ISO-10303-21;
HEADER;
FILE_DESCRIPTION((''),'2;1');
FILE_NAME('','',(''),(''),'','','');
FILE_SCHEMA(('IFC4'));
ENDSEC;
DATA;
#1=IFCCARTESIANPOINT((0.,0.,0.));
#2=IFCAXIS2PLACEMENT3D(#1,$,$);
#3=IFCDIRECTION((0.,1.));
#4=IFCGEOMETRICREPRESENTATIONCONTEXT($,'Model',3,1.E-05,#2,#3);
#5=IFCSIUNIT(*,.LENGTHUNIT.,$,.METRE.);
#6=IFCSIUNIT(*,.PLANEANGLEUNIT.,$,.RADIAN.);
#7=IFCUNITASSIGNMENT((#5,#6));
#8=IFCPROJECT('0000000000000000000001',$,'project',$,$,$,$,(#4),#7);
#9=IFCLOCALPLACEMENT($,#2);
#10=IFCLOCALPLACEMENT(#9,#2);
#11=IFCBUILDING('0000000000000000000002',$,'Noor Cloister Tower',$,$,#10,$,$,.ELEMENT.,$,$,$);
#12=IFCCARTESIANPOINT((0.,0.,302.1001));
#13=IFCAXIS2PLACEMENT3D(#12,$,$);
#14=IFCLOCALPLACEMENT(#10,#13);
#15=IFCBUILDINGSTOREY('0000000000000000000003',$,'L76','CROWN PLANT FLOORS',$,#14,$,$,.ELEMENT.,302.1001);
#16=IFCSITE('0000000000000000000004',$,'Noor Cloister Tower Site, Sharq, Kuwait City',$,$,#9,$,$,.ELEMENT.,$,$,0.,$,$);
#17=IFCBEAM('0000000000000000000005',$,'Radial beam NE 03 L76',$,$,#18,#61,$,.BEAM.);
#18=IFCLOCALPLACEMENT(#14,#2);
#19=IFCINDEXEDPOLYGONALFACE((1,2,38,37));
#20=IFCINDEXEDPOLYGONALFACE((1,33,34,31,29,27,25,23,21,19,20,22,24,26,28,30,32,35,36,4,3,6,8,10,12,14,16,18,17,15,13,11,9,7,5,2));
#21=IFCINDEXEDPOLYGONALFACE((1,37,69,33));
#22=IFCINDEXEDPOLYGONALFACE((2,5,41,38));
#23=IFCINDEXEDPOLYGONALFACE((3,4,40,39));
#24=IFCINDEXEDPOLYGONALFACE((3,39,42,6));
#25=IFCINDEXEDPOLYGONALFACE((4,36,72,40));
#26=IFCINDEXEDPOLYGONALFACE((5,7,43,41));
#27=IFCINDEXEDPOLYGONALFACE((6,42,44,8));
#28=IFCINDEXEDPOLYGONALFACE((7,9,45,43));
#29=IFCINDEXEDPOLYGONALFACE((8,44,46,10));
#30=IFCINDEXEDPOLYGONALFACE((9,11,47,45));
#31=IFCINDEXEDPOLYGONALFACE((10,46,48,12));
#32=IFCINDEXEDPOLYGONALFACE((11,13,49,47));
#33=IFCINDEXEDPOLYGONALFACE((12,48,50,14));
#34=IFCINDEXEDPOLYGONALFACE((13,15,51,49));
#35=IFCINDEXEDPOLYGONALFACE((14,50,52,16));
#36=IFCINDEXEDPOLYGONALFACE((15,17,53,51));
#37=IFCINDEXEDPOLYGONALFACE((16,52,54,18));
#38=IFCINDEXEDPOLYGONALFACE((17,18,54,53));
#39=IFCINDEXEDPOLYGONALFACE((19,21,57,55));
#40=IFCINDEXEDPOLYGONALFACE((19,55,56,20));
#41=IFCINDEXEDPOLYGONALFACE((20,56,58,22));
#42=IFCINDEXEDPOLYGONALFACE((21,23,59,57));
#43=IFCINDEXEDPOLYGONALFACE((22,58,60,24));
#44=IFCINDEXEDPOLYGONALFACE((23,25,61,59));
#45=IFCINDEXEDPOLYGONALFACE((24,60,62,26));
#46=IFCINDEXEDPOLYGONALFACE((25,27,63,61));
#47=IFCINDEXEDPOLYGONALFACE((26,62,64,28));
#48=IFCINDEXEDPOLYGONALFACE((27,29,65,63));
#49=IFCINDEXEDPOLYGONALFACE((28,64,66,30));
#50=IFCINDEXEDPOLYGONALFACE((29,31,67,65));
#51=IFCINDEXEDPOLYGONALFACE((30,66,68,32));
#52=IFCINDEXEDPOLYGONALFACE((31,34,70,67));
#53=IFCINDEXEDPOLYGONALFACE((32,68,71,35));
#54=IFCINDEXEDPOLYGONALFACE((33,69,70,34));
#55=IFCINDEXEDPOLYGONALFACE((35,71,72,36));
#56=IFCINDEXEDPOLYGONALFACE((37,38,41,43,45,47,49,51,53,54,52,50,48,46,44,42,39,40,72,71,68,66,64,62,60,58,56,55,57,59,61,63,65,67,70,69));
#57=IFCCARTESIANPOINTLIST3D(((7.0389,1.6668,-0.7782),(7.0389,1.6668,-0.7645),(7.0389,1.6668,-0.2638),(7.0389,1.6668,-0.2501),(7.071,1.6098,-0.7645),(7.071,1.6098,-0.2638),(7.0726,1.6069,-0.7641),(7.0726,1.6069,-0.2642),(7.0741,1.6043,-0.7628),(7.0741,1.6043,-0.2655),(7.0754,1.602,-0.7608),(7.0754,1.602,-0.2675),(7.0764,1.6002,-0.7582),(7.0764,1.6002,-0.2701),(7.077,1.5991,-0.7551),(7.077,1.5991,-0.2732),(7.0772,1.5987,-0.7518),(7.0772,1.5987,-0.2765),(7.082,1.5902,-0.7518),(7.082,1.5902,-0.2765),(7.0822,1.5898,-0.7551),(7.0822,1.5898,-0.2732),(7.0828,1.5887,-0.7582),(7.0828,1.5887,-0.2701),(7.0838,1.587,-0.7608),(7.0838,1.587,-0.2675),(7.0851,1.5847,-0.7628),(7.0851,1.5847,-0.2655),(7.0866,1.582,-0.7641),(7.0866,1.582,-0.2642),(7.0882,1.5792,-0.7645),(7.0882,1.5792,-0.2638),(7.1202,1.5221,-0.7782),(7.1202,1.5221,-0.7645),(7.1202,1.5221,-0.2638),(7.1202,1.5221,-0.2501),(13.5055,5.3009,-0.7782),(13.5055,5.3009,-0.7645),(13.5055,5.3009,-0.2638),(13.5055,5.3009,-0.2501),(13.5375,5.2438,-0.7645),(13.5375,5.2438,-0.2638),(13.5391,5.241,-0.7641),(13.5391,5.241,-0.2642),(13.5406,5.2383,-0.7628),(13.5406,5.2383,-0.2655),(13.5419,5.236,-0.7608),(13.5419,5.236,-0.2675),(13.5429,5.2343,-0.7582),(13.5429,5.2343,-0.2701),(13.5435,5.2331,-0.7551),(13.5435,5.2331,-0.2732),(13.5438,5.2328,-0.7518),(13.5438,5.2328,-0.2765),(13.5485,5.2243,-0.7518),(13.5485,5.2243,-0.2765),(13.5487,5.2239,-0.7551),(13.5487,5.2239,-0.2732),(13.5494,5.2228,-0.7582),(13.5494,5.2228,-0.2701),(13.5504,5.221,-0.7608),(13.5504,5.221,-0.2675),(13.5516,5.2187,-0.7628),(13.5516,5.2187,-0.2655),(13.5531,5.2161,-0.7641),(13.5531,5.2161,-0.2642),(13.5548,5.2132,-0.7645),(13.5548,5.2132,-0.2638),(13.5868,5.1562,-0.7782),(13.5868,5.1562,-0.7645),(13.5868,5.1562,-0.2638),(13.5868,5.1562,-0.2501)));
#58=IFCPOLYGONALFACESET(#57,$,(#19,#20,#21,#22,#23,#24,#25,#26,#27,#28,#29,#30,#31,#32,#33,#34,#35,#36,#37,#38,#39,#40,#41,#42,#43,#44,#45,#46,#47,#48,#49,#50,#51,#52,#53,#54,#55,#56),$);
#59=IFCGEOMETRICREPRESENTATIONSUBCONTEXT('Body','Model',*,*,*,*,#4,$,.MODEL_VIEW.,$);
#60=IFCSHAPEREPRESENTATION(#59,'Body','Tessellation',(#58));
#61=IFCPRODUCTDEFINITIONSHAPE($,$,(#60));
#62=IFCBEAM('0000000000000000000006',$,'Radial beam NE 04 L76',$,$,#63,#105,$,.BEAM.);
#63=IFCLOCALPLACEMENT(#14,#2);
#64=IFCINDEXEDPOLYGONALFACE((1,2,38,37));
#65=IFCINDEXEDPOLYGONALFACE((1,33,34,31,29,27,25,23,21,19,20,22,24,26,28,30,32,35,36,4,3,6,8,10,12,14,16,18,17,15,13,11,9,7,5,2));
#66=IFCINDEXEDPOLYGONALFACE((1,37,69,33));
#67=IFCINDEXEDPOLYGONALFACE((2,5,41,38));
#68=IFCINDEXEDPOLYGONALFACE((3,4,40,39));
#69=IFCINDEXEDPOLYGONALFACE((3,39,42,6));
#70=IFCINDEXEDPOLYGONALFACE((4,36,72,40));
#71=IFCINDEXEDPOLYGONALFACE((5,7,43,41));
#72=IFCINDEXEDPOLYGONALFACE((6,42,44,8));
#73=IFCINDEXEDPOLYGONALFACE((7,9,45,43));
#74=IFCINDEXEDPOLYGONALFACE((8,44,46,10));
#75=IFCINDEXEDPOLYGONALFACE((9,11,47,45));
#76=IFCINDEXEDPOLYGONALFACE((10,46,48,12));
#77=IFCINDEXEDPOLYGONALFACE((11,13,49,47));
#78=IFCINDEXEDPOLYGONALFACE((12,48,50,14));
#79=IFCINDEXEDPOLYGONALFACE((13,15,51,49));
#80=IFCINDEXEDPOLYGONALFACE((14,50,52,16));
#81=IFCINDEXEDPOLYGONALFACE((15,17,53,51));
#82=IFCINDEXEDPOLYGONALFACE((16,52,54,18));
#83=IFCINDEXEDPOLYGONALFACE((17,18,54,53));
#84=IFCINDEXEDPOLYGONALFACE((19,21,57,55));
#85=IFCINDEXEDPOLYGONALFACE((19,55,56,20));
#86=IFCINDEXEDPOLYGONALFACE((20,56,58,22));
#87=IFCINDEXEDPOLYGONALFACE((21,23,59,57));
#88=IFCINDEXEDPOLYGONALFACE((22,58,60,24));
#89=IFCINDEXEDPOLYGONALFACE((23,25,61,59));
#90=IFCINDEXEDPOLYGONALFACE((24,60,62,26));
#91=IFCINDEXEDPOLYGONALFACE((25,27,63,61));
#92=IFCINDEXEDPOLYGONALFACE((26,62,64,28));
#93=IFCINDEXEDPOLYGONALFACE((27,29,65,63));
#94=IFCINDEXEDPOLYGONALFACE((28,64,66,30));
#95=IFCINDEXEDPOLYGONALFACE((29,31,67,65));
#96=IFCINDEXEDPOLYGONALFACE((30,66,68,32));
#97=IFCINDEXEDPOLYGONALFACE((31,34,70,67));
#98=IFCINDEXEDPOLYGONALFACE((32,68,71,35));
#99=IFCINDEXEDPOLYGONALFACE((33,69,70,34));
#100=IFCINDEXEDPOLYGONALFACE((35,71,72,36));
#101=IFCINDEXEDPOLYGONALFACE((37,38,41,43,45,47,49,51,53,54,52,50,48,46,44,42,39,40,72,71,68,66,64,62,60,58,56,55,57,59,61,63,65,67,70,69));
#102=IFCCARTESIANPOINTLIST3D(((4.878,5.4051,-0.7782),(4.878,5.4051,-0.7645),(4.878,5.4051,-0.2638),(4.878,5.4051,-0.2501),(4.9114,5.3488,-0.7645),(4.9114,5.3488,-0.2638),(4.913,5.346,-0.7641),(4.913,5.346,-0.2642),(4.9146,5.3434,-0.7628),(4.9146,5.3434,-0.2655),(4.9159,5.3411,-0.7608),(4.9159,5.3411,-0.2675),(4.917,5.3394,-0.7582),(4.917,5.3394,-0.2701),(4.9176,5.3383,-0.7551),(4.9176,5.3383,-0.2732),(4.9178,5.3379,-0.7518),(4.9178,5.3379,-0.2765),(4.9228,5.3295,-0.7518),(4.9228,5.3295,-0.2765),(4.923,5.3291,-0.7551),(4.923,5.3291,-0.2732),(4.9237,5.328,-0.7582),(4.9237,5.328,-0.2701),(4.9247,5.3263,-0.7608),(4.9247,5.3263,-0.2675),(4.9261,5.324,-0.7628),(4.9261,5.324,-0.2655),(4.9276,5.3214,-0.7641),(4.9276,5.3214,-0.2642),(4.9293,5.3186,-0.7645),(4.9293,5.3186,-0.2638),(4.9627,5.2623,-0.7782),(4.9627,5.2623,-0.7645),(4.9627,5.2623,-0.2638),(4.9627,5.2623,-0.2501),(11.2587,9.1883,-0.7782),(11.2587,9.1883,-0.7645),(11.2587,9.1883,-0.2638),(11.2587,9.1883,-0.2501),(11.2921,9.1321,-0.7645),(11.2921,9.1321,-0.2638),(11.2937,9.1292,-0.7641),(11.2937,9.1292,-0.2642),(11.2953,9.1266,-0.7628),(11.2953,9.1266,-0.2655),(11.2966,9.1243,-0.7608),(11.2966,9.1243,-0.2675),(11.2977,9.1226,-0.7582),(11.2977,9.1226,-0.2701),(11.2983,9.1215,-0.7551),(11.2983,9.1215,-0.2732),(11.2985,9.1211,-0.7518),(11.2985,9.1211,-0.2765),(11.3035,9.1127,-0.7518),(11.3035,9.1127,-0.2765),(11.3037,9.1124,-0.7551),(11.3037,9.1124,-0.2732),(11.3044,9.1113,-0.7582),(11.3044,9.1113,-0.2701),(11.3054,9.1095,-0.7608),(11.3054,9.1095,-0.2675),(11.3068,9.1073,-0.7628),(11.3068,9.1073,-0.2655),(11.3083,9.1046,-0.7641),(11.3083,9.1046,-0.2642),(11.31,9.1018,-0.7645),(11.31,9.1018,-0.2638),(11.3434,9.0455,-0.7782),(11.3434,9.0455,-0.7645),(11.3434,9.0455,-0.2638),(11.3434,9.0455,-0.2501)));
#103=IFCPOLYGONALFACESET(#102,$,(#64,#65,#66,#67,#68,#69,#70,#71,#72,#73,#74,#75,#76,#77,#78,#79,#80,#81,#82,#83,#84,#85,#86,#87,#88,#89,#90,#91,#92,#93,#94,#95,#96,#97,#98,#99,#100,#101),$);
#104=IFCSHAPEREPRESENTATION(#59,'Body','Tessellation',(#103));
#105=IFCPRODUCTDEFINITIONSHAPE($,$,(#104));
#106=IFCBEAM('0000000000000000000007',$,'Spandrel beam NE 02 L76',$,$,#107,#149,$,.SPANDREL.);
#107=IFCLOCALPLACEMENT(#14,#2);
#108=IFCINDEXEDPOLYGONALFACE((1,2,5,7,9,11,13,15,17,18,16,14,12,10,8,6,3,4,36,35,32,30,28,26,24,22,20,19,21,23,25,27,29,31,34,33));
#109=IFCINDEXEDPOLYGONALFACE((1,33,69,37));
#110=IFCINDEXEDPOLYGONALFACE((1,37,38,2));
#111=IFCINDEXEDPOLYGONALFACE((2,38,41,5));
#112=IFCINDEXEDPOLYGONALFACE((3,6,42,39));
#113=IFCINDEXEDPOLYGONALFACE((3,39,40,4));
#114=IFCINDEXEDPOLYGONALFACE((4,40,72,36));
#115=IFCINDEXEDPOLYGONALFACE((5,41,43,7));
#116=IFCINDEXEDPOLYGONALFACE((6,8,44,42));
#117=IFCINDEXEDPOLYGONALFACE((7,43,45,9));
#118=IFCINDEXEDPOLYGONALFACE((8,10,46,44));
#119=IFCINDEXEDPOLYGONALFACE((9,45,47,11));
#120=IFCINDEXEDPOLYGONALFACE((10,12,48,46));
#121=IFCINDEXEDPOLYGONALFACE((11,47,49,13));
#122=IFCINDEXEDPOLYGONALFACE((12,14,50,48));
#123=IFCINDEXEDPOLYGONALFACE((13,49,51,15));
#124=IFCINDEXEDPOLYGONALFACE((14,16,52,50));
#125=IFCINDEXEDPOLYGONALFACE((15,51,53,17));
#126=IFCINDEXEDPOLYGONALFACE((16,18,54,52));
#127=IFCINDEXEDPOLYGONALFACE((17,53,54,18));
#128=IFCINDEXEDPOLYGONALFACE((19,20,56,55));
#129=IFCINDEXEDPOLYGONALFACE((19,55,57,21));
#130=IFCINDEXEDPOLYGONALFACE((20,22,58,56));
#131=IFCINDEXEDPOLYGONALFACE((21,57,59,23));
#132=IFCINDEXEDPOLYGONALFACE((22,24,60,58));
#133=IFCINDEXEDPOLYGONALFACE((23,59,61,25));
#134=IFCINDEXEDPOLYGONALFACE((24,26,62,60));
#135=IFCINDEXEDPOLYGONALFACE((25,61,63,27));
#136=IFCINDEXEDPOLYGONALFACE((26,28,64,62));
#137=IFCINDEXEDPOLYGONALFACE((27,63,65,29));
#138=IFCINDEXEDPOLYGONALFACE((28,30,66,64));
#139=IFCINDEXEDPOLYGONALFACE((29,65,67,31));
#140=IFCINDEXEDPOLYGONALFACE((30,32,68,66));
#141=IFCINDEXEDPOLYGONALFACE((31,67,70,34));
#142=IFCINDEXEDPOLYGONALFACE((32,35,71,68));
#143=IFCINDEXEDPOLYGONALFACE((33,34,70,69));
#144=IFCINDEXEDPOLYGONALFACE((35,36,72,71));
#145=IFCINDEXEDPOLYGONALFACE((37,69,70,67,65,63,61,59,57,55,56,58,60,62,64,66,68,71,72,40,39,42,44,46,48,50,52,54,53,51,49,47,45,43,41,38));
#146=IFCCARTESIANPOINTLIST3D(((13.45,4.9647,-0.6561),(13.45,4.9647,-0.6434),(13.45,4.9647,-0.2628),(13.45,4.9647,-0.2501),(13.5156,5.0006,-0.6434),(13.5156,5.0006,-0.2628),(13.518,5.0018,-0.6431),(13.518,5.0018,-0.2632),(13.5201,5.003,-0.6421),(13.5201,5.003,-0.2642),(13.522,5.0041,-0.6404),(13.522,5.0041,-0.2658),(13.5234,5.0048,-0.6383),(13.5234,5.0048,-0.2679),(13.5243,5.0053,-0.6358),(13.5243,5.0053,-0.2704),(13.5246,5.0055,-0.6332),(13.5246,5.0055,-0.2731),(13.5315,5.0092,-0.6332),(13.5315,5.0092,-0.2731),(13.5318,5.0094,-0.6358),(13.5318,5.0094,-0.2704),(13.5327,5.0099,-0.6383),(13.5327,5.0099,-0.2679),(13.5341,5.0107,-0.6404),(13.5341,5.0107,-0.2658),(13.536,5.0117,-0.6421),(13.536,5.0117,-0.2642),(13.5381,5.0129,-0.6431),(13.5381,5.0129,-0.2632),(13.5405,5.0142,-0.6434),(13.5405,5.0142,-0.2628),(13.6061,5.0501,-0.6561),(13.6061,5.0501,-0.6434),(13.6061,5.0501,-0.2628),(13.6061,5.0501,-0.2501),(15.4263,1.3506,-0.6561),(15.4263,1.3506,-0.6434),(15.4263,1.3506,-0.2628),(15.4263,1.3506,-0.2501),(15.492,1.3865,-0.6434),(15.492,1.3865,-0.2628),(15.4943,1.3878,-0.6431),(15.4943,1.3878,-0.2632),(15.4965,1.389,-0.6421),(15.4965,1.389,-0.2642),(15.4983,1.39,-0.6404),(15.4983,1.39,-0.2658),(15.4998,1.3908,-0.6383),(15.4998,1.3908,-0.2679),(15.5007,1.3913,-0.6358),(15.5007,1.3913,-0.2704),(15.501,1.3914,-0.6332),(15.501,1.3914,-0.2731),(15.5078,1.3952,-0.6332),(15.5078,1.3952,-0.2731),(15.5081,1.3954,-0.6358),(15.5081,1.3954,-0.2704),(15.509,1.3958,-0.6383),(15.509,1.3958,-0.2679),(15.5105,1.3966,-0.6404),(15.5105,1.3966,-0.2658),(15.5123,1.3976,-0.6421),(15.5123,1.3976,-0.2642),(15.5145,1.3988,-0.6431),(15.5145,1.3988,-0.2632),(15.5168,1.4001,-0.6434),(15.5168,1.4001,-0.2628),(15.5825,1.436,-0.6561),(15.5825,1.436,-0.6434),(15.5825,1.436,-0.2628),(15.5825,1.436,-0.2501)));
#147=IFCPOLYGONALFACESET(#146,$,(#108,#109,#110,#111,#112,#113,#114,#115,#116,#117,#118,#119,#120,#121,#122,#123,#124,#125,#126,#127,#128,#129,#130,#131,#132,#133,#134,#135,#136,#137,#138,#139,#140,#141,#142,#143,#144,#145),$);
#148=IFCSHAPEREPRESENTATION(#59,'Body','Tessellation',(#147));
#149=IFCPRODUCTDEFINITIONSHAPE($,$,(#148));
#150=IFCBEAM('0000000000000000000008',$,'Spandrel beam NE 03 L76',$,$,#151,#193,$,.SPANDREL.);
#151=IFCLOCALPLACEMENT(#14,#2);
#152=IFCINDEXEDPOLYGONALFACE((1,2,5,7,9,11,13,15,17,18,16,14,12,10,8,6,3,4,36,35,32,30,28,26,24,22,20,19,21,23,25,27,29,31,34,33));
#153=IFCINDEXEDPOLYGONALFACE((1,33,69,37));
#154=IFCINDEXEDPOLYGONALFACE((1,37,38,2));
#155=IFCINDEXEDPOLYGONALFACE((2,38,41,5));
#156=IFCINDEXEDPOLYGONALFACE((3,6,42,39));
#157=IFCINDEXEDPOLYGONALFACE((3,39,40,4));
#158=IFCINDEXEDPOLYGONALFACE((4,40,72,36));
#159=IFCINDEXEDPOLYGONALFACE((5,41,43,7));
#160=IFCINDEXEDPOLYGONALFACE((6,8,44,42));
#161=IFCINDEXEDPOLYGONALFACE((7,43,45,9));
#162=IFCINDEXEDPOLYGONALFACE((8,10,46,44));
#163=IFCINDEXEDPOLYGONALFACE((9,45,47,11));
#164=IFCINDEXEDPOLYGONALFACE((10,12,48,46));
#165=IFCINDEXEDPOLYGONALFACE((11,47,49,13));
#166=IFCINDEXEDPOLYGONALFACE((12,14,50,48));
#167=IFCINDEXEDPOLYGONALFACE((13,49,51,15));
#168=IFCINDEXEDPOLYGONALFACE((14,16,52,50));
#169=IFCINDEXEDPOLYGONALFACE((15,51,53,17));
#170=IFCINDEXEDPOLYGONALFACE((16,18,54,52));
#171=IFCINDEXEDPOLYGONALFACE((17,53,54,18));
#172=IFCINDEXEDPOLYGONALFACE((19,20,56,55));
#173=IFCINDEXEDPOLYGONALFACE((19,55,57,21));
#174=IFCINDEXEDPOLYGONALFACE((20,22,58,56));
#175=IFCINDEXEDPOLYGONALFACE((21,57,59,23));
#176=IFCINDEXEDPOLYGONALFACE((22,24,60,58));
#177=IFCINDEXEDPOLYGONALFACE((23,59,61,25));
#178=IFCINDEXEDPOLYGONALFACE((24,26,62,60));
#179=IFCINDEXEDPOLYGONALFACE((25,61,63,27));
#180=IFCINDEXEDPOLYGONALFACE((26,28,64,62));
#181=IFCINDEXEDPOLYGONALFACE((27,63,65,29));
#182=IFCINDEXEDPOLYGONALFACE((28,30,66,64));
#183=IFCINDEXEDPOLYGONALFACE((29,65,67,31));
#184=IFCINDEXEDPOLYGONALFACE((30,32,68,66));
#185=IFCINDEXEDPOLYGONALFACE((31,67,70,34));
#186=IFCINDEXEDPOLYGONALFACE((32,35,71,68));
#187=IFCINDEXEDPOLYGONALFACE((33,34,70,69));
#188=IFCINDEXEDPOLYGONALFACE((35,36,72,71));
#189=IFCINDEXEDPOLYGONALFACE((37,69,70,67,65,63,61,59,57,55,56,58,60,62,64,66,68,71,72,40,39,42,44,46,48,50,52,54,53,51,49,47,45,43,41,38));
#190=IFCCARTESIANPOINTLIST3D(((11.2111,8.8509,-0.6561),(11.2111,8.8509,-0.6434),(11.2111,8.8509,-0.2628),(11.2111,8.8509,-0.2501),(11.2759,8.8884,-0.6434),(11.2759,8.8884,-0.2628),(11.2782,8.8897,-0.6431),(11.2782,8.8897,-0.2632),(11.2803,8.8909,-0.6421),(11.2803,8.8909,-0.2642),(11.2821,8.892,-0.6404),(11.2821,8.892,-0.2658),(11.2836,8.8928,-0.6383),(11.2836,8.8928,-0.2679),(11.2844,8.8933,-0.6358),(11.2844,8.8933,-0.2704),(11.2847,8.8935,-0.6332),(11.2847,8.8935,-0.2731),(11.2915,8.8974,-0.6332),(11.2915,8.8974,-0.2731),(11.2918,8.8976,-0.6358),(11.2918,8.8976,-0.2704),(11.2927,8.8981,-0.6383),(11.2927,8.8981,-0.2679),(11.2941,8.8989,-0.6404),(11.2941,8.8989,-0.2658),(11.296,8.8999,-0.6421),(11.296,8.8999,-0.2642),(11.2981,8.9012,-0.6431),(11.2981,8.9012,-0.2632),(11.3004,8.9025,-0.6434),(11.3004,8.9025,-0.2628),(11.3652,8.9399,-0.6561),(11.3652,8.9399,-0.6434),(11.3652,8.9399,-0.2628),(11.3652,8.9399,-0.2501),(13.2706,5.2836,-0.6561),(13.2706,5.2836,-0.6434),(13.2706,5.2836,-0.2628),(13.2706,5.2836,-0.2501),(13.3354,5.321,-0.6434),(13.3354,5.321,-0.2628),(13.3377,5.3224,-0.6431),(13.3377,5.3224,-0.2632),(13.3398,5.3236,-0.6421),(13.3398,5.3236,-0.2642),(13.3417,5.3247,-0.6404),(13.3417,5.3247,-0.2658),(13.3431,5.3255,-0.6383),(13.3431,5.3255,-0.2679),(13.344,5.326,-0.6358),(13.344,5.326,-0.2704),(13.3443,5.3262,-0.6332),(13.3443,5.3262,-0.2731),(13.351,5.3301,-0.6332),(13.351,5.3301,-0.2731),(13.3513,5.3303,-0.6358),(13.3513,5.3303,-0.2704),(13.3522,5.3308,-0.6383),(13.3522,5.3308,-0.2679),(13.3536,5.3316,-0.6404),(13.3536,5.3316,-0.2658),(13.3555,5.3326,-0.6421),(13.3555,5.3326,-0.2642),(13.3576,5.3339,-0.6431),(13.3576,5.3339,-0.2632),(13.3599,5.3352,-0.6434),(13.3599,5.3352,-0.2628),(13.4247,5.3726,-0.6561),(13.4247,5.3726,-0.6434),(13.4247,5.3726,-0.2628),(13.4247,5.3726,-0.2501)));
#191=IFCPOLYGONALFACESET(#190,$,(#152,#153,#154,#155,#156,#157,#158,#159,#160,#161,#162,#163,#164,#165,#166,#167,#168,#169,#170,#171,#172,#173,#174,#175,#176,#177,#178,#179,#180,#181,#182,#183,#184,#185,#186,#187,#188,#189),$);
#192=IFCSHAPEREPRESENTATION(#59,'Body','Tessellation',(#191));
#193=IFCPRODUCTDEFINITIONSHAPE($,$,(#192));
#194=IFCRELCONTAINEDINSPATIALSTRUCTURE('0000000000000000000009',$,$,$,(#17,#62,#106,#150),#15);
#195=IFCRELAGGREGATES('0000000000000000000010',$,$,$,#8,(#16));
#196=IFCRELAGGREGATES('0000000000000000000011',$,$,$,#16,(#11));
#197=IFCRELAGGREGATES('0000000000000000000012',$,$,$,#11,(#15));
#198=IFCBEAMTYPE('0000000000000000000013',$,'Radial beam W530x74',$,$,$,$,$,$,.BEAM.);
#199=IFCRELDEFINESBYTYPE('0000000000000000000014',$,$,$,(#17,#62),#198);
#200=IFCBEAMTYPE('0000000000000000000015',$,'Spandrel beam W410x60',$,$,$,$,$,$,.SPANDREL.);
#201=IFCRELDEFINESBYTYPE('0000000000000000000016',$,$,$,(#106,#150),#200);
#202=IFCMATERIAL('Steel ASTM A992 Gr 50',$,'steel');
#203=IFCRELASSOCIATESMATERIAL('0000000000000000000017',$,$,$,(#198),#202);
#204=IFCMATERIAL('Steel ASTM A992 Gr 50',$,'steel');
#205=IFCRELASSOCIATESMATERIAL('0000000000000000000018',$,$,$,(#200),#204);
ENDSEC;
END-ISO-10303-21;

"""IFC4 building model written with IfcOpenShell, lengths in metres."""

from ifc_helpers import new_model, si_unit, direction, frame, origin, origin_2d, place, context, subcontext, project, spatial, i_section, extrude, material, material_profile, profile_set, type_object, element, save


model = new_model("IFC4")

# Units and contexts
model_context = context("Model", 3, precision=1e-05, world=origin(), true_north=direction((0.0, 1.0)))
body_context = subcontext(model_context, "Body", "Model", "MODEL_VIEW")
ifc_project = project(units=[si_unit("LENGTHUNIT", "METRE"), si_unit("PLANEANGLEUNIT", "RADIAN")], contexts=[model_context])

# Site, building, storey
site_placement = place(None, origin())
site = spatial("IfcSite", under=ifc_project, at=site_placement, Name="Noor Cloister Tower Site, Sharq, Kuwait City", CompositionType="ELEMENT", RefElevation=0.0)
building_placement = place(site_placement, origin())
building = spatial("IfcBuilding", under=site, at=building_placement, Name="Noor Cloister Tower", CompositionType="ELEMENT")
storey_placement = place(building_placement, frame((0.0, 0.0, 302.1001)))
storey = spatial("IfcBuildingStorey", under=building, at=storey_placement, Name="L76", Description="CROWN PLANT FLOORS", CompositionType="ELEMENT", Elevation=302.1001)

# Beams
ifc_material_1 = material(Name="Steel ASTM A992 Gr 50", Category="steel")
ifc_material_profile_1 = material_profile(ifc_material_1, i_section(OverallWidth=0.166, OverallDepth=0.5281, WebThickness=0.0098, FlangeThickness=0.0137, FilletRadius=0.0127, at=origin_2d()), Name="W530x74")
ifc_profile_set_1 = profile_set([ifc_material_profile_1], Name="Steel ASTM A992 Gr 50")
beam_type_1 = type_object("IfcBeamType", Name="Radial beam W530x74", PredefinedType="BEAM", material=ifc_profile_set_1)
beam_1_placement = place(storey_placement, frame((13.5461, 5.2285, -0.5142), z_axis=(-0.871771, -0.489913, 0.0), x_axis=(0.489913, -0.871771, 0.0)))
element("IfcBeam", 1, at=beam_1_placement, inside=storey, type_object=beam_type_1, Name="Radial beam NE 03 L76", PredefinedType="BEAM", context=body_context, shape_type="SweptSolid", body=[
    extrude(i_section(OverallWidth=0.166, OverallDepth=0.5281, WebThickness=0.0098, FlangeThickness=0.0137, FilletRadius=0.0127, at=origin_2d()), origin(), (0.0, 0.0, 1.0), 7.4177),
])
beam_2_placement = place(storey_placement, frame((11.301, 9.1169, -0.5142), z_axis=(-0.860167, -0.510012, 0.0), x_axis=(0.510012, -0.860167, 0.0)))
element("IfcBeam", 2, at=beam_2_placement, inside=storey, type_object=beam_type_1, Name="Radial beam NE 04 L76", PredefinedType="BEAM", context=body_context, shape_type="SweptSolid", body=[
    extrude(i_section(OverallWidth=0.166, OverallDepth=0.5281, WebThickness=0.0098, FlangeThickness=0.0137, FilletRadius=0.0127, at=origin_2d()), origin(), (0.0, 0.0, 1.0), 7.418),
])
ifc_material_2 = material(Name="Steel ASTM A992 Gr 50", Category="steel")
ifc_material_profile_2 = material_profile(ifc_material_2, i_section(OverallWidth=0.178, OverallDepth=0.406, WebThickness=0.0078, FlangeThickness=0.0127, FilletRadius=0.0103, at=origin_2d()), Name="W410x60")
ifc_profile_set_2 = profile_set([ifc_material_profile_2], Name="Steel ASTM A992 Gr 50")
beam_type_2 = type_object("IfcBeamType", Name="Spandrel beam W410x60", PredefinedType="SPANDREL", material=ifc_profile_set_2)
for number, where, z_axis, x_axis, name in (
    (3, (15.5044, 1.3933, -0.4531), (-0.479795, 0.877381, 0.0), (-0.877381, -0.479795, 0.0), "Spandrel beam NE 02 L76"),
    (4, (13.3477, 5.3281, -0.4531), (-0.499989, 0.866032, 0.0), (-0.866032, -0.499989, 0.0), "Spandrel beam NE 03 L76"),
):
    element("IfcBeam", number, at=place(storey_placement, frame(where, z_axis=z_axis, x_axis=x_axis)), inside=storey, type_object=beam_type_2, Name=name, PredefinedType="SPANDREL", context=body_context, shape_type="SweptSolid", body=[
        extrude(i_section(OverallWidth=0.178, OverallDepth=0.406, WebThickness=0.0078, FlangeThickness=0.0127, FilletRadius=0.0103, at=origin_2d()), origin(), (0.0, 0.0, 1.0), 4.1191),
    ])

save(model, "model.ifc")
